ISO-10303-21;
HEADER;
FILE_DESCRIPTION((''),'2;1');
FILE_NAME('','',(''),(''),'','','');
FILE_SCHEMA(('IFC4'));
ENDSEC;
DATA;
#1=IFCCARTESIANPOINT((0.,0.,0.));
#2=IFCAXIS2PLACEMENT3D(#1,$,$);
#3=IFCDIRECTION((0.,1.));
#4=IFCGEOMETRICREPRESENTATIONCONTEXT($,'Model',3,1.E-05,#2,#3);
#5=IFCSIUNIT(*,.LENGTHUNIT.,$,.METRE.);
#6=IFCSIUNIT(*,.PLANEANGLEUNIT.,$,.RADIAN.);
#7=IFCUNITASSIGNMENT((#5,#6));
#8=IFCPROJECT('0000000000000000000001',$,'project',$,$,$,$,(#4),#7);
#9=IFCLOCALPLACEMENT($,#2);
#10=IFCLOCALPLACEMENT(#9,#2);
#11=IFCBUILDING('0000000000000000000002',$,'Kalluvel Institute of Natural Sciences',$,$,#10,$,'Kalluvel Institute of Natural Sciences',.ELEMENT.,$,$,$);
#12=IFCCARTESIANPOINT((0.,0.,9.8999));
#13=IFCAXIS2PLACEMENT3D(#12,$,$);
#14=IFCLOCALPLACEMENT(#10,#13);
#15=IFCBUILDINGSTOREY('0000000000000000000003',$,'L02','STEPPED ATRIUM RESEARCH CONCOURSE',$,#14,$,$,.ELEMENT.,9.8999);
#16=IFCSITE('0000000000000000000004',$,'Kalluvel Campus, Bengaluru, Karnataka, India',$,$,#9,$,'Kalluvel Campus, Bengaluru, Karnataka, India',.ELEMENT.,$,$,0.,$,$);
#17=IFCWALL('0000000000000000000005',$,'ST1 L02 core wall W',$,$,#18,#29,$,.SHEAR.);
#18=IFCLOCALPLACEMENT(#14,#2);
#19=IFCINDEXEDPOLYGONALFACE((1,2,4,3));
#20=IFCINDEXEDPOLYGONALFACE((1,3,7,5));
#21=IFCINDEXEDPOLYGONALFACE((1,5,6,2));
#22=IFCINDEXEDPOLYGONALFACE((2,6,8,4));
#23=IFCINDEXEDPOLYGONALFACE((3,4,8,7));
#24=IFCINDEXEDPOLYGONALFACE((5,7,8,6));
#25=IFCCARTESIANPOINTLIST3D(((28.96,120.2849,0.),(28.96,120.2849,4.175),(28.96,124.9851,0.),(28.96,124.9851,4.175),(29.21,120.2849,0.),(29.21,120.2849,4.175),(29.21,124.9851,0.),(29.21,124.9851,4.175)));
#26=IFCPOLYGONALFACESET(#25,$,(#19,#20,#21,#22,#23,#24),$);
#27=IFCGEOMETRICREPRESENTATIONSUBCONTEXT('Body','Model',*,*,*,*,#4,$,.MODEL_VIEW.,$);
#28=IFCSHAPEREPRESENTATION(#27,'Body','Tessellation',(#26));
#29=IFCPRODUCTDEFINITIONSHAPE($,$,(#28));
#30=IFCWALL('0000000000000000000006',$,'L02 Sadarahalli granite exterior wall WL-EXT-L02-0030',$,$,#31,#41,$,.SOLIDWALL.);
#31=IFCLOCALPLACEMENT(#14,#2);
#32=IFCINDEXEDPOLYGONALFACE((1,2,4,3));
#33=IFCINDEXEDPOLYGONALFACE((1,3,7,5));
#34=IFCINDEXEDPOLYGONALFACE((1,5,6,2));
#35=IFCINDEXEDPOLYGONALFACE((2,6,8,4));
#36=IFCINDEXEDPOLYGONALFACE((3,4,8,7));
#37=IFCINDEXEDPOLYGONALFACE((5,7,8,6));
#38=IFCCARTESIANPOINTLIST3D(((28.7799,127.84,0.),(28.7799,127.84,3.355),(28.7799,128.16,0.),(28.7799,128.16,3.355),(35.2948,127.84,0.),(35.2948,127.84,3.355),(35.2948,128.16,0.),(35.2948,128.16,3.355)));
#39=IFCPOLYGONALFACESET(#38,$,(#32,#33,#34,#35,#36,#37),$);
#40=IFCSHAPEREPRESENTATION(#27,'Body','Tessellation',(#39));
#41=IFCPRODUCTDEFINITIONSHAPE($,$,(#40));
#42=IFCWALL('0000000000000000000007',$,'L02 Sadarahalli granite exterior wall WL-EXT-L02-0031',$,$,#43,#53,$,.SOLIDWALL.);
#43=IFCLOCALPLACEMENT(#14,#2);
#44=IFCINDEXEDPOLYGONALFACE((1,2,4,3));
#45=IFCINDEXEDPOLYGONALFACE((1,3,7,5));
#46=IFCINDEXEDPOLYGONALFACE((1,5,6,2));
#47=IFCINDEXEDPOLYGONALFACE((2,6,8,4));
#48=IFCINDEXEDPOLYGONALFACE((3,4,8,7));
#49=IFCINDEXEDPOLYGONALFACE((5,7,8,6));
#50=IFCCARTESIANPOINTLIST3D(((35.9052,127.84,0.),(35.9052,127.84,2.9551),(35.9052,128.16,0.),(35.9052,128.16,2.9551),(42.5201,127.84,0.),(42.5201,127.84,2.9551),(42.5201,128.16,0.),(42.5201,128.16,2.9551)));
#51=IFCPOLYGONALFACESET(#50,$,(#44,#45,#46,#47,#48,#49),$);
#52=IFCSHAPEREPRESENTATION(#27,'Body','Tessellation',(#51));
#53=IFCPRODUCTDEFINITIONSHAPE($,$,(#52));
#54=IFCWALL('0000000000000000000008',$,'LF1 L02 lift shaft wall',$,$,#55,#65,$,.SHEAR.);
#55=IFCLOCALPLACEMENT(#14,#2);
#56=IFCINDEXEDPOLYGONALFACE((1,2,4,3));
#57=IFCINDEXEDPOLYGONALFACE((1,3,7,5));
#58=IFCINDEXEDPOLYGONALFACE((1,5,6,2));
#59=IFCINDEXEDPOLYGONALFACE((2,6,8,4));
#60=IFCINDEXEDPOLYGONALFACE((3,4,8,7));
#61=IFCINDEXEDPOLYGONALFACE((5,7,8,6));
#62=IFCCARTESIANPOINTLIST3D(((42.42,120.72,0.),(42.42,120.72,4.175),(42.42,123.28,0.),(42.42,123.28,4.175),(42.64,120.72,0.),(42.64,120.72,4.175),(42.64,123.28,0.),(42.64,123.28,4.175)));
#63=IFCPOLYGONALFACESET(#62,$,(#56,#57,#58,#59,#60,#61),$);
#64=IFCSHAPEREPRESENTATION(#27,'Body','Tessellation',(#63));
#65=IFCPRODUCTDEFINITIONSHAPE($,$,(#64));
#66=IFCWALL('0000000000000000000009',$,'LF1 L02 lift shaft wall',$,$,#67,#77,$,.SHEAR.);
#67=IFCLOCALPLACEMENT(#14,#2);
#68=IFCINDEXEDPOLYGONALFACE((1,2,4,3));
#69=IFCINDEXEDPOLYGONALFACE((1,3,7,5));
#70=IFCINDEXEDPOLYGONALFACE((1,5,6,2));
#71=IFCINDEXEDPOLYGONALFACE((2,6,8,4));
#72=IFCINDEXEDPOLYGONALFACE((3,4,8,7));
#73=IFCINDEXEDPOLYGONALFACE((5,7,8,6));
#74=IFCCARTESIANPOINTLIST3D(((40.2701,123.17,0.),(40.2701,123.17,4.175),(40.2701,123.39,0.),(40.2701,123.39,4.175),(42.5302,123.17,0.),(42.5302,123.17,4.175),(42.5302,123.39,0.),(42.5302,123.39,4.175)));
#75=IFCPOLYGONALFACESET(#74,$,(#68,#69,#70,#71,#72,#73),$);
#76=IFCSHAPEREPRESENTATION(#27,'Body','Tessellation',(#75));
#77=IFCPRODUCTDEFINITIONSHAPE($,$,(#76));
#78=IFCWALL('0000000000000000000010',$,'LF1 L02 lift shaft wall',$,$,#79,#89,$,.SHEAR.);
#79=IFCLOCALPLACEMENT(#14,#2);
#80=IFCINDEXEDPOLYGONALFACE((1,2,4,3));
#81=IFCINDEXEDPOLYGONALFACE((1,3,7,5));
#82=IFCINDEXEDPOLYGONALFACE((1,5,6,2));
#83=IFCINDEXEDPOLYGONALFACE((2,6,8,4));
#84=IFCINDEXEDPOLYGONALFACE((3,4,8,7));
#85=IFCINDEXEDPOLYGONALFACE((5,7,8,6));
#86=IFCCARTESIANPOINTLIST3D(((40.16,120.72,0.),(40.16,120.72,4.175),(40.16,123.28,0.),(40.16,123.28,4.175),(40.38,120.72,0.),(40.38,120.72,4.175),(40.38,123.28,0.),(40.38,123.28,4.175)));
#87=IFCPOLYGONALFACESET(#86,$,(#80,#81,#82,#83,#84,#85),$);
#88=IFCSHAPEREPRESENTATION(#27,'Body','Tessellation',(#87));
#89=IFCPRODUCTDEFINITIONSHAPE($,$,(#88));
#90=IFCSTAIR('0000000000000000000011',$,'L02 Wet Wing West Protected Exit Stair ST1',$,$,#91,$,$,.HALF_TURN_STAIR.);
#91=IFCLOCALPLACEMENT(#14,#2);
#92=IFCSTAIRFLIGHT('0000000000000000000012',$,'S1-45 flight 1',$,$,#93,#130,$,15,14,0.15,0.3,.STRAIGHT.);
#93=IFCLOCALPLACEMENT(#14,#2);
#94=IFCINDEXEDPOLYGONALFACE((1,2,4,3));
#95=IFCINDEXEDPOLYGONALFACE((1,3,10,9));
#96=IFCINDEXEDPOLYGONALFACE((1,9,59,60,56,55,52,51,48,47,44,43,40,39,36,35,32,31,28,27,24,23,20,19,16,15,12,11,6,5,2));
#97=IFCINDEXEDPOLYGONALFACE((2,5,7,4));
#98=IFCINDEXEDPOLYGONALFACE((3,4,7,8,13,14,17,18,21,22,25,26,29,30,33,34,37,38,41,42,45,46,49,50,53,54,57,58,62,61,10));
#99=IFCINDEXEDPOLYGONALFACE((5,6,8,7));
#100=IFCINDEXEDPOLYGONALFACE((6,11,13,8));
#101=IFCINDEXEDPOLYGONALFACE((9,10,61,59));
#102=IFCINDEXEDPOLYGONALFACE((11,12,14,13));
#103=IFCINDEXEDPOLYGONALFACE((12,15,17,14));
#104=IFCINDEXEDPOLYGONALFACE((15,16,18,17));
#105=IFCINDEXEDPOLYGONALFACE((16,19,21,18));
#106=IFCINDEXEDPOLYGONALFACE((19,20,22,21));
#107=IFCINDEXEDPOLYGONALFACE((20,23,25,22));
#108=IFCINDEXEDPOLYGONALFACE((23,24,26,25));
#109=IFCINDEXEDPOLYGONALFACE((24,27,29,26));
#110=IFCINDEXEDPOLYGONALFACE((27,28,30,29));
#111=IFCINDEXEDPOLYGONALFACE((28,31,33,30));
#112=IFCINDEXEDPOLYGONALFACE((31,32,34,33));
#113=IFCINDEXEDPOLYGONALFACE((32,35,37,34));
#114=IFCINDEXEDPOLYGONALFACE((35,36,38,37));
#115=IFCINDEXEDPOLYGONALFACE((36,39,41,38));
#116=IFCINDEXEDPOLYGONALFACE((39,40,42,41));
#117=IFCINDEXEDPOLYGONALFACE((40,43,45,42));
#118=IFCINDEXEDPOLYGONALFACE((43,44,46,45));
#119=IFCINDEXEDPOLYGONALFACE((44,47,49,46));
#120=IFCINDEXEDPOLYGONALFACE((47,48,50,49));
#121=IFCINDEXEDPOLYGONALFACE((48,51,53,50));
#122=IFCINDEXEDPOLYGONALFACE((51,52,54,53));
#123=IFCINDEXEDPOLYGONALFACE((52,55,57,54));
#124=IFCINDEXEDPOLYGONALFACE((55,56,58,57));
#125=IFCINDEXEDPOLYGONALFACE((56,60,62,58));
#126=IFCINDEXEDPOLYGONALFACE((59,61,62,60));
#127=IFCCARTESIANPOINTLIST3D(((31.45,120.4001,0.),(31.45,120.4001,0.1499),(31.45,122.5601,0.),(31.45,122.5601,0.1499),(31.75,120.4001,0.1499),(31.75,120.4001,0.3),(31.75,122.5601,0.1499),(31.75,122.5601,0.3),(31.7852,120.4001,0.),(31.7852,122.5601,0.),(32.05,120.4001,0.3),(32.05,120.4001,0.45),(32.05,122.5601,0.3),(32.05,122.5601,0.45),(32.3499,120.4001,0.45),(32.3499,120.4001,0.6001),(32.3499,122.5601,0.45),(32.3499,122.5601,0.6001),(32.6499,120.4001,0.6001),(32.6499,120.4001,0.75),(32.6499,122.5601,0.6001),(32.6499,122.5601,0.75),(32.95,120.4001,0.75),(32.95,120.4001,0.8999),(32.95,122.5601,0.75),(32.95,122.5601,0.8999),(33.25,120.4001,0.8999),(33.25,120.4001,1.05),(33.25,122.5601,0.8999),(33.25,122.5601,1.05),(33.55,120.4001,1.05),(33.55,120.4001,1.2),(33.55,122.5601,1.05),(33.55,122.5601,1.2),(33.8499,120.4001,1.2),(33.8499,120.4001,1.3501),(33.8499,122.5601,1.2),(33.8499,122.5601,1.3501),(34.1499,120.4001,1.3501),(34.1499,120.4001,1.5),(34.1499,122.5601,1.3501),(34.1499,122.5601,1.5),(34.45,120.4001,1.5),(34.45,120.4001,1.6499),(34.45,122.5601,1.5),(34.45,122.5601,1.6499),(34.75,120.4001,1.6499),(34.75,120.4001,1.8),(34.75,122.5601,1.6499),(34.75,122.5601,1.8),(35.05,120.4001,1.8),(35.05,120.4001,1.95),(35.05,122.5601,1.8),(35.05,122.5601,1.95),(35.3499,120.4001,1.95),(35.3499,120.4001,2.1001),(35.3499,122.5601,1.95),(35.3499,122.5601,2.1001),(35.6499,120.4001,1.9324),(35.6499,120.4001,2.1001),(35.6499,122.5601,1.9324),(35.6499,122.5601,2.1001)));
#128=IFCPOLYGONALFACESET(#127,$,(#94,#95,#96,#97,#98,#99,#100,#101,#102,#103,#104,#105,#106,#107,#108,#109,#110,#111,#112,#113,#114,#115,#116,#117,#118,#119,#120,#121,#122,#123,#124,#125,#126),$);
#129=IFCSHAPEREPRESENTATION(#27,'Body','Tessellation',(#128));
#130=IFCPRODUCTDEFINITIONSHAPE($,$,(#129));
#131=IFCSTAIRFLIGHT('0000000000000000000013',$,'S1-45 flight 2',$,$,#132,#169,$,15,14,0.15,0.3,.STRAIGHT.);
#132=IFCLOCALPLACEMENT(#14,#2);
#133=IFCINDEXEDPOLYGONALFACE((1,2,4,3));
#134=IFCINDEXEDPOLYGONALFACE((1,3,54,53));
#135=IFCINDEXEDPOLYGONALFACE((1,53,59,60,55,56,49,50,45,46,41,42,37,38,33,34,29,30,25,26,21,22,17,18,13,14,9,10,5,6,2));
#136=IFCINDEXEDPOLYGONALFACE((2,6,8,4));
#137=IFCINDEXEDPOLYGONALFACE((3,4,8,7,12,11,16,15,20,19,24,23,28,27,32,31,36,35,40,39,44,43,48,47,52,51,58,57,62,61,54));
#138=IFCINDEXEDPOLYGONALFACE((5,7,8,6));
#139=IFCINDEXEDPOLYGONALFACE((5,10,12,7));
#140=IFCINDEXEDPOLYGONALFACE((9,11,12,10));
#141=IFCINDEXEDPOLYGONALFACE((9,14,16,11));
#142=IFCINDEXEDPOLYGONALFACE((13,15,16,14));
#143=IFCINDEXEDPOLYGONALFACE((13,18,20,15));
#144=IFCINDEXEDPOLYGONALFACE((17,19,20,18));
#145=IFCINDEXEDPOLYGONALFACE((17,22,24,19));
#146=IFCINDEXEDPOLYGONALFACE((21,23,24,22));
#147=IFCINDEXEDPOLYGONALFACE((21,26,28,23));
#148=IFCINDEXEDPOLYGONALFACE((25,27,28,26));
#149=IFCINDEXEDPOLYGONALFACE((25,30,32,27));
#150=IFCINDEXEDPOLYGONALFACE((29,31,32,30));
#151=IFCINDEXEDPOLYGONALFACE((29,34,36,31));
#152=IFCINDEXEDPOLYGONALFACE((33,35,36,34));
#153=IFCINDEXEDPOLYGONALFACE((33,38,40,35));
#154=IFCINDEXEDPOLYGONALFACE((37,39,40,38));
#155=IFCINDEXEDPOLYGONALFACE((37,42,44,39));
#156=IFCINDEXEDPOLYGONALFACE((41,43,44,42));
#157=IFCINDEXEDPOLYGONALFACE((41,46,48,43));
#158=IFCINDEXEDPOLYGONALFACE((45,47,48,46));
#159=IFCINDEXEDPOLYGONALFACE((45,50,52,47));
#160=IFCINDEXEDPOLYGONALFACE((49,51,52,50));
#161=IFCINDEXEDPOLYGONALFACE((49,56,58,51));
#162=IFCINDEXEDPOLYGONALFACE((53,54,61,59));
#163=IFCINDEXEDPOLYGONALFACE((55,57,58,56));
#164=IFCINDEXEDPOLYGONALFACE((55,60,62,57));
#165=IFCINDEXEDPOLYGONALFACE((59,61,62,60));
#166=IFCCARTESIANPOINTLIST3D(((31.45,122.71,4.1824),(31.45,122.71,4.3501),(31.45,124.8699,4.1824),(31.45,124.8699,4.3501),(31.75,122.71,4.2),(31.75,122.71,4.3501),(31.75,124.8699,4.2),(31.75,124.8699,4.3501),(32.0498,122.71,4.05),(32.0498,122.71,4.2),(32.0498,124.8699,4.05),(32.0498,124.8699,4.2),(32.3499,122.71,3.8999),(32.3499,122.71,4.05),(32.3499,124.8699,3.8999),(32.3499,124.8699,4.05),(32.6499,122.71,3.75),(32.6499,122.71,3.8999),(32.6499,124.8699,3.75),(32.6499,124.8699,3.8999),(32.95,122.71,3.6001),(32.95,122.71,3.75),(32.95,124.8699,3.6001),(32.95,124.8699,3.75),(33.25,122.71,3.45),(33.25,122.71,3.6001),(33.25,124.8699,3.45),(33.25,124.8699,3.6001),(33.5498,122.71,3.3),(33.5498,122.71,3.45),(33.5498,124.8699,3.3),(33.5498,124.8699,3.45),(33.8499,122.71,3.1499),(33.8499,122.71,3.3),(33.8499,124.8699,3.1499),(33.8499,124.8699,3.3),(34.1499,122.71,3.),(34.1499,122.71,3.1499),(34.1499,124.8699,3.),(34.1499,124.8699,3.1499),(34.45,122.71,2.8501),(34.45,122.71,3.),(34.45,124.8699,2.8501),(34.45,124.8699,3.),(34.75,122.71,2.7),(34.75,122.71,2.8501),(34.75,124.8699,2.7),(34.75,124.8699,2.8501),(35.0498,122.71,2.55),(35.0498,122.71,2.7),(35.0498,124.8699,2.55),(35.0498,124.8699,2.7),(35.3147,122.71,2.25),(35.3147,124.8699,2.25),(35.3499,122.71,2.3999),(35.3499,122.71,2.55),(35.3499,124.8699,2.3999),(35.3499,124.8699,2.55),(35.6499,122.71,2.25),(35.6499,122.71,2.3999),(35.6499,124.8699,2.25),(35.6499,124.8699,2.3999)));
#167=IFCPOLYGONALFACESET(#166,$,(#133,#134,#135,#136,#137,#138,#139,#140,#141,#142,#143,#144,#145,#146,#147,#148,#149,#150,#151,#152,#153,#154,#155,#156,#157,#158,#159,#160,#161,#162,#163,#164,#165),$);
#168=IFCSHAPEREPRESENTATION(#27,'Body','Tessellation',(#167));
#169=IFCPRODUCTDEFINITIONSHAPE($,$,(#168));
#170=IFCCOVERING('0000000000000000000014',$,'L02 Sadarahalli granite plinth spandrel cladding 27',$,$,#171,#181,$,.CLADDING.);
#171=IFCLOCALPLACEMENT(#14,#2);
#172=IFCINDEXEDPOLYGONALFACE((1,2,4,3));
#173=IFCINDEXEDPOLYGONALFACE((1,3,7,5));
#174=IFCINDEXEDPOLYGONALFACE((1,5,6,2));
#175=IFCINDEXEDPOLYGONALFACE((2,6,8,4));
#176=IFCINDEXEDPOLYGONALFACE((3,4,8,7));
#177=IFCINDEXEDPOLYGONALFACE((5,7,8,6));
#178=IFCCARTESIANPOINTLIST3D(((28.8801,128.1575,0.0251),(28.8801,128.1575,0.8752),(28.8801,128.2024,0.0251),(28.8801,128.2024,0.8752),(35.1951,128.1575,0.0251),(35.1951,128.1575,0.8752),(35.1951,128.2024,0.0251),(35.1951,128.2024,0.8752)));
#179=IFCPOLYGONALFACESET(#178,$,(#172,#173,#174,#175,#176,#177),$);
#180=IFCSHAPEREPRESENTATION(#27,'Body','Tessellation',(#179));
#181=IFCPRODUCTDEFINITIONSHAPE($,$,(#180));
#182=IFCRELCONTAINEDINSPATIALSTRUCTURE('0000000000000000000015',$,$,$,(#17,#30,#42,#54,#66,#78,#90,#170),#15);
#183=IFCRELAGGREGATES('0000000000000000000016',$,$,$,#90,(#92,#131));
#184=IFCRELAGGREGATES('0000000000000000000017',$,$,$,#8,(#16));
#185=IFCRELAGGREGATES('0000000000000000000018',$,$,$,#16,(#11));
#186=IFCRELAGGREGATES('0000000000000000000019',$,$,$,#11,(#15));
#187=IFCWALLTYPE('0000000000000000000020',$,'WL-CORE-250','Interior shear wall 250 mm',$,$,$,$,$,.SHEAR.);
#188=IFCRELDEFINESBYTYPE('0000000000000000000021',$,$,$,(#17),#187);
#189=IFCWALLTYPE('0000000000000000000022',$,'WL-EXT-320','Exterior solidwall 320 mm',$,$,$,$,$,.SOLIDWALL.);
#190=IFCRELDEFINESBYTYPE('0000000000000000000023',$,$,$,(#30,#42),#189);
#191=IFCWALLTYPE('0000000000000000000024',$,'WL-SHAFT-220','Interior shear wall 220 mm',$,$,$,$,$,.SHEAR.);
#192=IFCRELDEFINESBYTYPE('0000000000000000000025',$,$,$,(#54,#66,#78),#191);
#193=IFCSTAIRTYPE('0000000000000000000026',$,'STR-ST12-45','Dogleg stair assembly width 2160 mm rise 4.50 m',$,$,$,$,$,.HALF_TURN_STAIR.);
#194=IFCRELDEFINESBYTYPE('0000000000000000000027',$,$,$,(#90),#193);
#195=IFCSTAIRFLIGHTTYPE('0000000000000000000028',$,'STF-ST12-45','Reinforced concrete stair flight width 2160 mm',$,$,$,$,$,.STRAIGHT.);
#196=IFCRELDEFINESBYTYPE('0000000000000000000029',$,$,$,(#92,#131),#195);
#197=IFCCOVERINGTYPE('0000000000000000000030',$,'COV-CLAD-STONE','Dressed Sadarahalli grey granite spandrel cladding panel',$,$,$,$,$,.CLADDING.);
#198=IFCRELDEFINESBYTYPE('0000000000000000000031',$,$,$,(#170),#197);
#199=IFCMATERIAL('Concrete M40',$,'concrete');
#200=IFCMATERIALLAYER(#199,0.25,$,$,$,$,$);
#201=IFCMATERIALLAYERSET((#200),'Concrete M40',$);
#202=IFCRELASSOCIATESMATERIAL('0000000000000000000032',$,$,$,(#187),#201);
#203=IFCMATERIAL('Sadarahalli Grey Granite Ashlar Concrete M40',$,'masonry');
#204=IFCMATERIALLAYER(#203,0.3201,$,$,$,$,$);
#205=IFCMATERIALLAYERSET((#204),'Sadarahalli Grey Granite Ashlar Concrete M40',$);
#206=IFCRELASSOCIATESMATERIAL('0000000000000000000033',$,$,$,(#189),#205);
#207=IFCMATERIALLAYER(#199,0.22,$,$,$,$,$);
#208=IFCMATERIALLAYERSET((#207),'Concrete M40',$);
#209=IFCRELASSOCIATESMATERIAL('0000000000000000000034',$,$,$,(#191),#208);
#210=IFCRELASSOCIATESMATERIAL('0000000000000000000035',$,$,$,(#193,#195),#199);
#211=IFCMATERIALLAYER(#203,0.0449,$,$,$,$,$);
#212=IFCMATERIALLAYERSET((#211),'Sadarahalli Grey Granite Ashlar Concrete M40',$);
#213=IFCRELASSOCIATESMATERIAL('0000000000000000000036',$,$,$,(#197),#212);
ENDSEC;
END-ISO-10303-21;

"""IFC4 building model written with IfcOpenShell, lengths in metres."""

from ifc_helpers import new_model, si_unit, direction, frame, frame_2d, origin, origin_2d, place, context, subcontext, project, spatial, polyline, rectangle, outline, extrude, material, layer, layer_set, type_object, element, aggregate, save


model = new_model("IFC4")

# Units and contexts
model_context = context("Model", 3, precision=1e-05, world=origin(), true_north=direction((0.0, 1.0)))
body_context = subcontext(model_context, "Body", "Model", "MODEL_VIEW")
ifc_project = project(units=[si_unit("LENGTHUNIT", "METRE"), si_unit("PLANEANGLEUNIT", "RADIAN")], contexts=[model_context])

# Site, building, storey
site_placement = place(None, origin())
site = spatial("IfcSite", under=ifc_project, at=site_placement, Name="Kalluvel Campus, Bengaluru, Karnataka, India", LongName="Kalluvel Campus, Bengaluru, Karnataka, India", CompositionType="ELEMENT", RefElevation=0.0)
building_placement = place(site_placement, origin())
building = spatial("IfcBuilding", under=site, at=building_placement, Name="Kalluvel Institute of Natural Sciences", LongName="Kalluvel Institute of Natural Sciences", CompositionType="ELEMENT")
storey_placement = place(building_placement, frame((0.0, 0.0, 9.8999)))
storey = spatial("IfcBuildingStorey", under=building, at=storey_placement, Name="L02", Description="STEPPED ATRIUM RESEARCH CONCOURSE", CompositionType="ELEMENT", Elevation=9.8999)

# Shared definitions
ifc_material_1 = material(Name="Concrete M40", Category="concrete")

# Shared definitions
ifc_layer_1 = layer(ifc_material_1, 0.25)
ifc_layer_set_1 = layer_set([ifc_layer_1], Name="Concrete M40")
wall_type_1 = type_object("IfcWallType", Name="WL-CORE-250", Description="Interior shear wall 250 mm", PredefinedType="SHEAR", material=ifc_layer_set_1)

# Walls
wall_1_placement = place(storey_placement, frame((29.085, 124.9851, 0.0), z_axis=(0.0, 0.0, 1.0), x_axis=(0.0, -1.0, 0.0)))
element("IfcWall", 1, at=wall_1_placement, inside=storey, type_object=wall_type_1, Name="ST1 L02 core wall W", PredefinedType="SHEAR", context=body_context, shape_type="SweptSolid", body=[
    extrude(rectangle(XDim=4.7002, YDim=0.25, at=frame_2d((2.3501, 0.0))), origin(), (0.0, 0.0, 1.0), 4.175),
])
ifc_material_2 = material(Name="Sadarahalli Grey Granite Ashlar Concrete M40", Category="masonry")
ifc_layer_2 = layer(ifc_material_2, 0.3201)
ifc_layer_set_2 = layer_set([ifc_layer_2], Name="Sadarahalli Grey Granite Ashlar Concrete M40")
wall_type_2 = type_object("IfcWallType", Name="WL-EXT-320", Description="Exterior solidwall 320 mm", PredefinedType="SOLIDWALL", material=ifc_layer_set_2)
wall_2_placement = place(storey_placement, frame((28.78, 128.0, 0.0), z_axis=(0.0, 0.0, 1.0), x_axis=(1.0, 0.0, 0.0)))
element("IfcWall", 2, at=wall_2_placement, inside=storey, type_object=wall_type_2, Name="L02 Sadarahalli granite exterior wall WL-EXT-L02-0030", PredefinedType="SOLIDWALL", context=body_context, shape_type="SweptSolid", body=[
    extrude(rectangle(XDim=6.5149, YDim=0.3201, at=frame_2d((3.2573, 0.0))), origin(), (0.0, 0.0, 1.0), 3.355),
])
wall_3_placement = place(storey_placement, frame((35.905, 128.0, 0.0), z_axis=(0.0, 0.0, 1.0), x_axis=(1.0, 0.0, 0.0)))
element("IfcWall", 3, at=wall_3_placement, inside=storey, type_object=wall_type_2, Name="L02 Sadarahalli granite exterior wall WL-EXT-L02-0031", PredefinedType="SOLIDWALL", context=body_context, shape_type="SweptSolid", body=[
    extrude(rectangle(XDim=6.615, YDim=0.3201, at=frame_2d((3.3076, 0.0))), origin(), (0.0, 0.0, 1.0), 2.9551),
])

# Shared definitions
ifc_layer_3 = layer(ifc_material_1, 0.22)
ifc_layer_set_3 = layer_set([ifc_layer_3], Name="Concrete M40")
wall_type_3 = type_object("IfcWallType", Name="WL-SHAFT-220", Description="Interior shear wall 220 mm", PredefinedType="SHEAR", material=ifc_layer_set_3)

# Walls
wall_4_placement = place(storey_placement, frame((42.53, 120.72, 0.0), z_axis=(0.0, 0.0, 1.0), x_axis=(0.0, 1.0, 0.0)))
element("IfcWall", 4, at=wall_4_placement, inside=storey, type_object=wall_type_3, Name="LF1 L02 lift shaft wall", PredefinedType="SHEAR", context=body_context, shape_type="SweptSolid", body=[
    extrude(rectangle(XDim=2.5601, YDim=0.22, at=frame_2d((1.28, 0.0))), origin(), (0.0, 0.0, 1.0), 4.175),
])
wall_5_placement = place(storey_placement, frame((42.53, 123.28, 0.0), z_axis=(0.0, 0.0, 1.0), x_axis=(-1.0, 0.0, 0.0)))
element("IfcWall", 5, at=wall_5_placement, inside=storey, type_object=wall_type_3, Name="LF1 L02 lift shaft wall", PredefinedType="SHEAR", context=body_context, shape_type="SweptSolid", body=[
    extrude(rectangle(XDim=2.26, YDim=0.22, at=frame_2d((1.1299, 0.0))), origin(), (0.0, 0.0, 1.0), 4.175),
])
wall_6_placement = place(storey_placement, frame((40.27, 123.28, 0.0), z_axis=(0.0, 0.0, 1.0), x_axis=(0.0, -1.0, 0.0)))
element("IfcWall", 6, at=wall_6_placement, inside=storey, type_object=wall_type_3, Name="LF1 L02 lift shaft wall", PredefinedType="SHEAR", context=body_context, shape_type="SweptSolid", body=[
    extrude(rectangle(XDim=2.5601, YDim=0.22, at=frame_2d((1.28, 0.0))), origin(), (0.0, 0.0, 1.0), 4.175),
])

# Stair, stair flights
stair_type = type_object("IfcStairType", Name="STR-ST12-45", Description="Dogleg stair assembly width 2160 mm rise 4.50 m", PredefinedType="HALF_TURN_STAIR", material=ifc_material_1)
stair_placement = place(storey_placement, origin())
stair = element("IfcStair", 7, at=stair_placement, inside=storey, type_object=stair_type, Name="L02 Wet Wing West Protected Exit Stair ST1", PredefinedType="HALF_TURN_STAIR")
stair_flight_type = type_object("IfcStairFlightType", Name="STF-ST12-45", Description="Reinforced concrete stair flight width 2160 mm", PredefinedType="STRAIGHT", material=ifc_material_1)
stair_flight_1_placement = place(storey_placement, frame((31.45, 121.48, 0.0), z_axis=(0.0, 0.0, 1.0), x_axis=(1.0, 0.0, 0.0)))
stair_flight_1 = element("IfcStairFlight", 8, at=stair_flight_1_placement, type_object=stair_flight_type, Name="S1-45 flight 1", NumberOfRisers=15, NumberOfTreads=14, PredefinedType="STRAIGHT", RiserHeight=0.15, TreadLength=0.3, context=body_context, shape_type="SweptSolid", body=[
    extrude(outline(polyline([(0.0, 0.0), (0.0, 0.1499), (0.3, 0.1499), (0.3, 0.3), (0.6001, 0.3), (0.6001, 0.45), (0.8999, 0.45), (0.8999, 0.6001), (1.2, 0.6001), (1.2, 0.75), (1.5, 0.75), (1.5, 0.8999), (1.8, 0.8999), (1.8, 1.05), (2.1001, 1.05), (2.1001, 1.2), (2.3999, 1.2), (2.3999, 1.3501), (2.7, 1.3501), (2.7, 1.5), (3.0, 1.5), (3.0, 1.6499), (3.3, 1.6499), (3.3, 1.8), (3.6001, 1.8), (3.6001, 1.95), (3.8999, 1.95), (3.8999, 2.1001), (4.2, 2.1001), (4.2, 2.25), (4.2, 1.9324), (0.3352, 0.0), (0.0, 0.0)])), frame((0.0, 1.0801, 0.0), z_axis=(0.0, -1.0, 0.0), x_axis=(1.0, 0.0, 0.0)), (0.0, 0.0, 1.0), 2.1599),
])
stair_flight_2_placement = place(storey_placement, frame((35.6499, 123.79, 2.25), z_axis=(0.0, 0.0, 1.0), x_axis=(-1.0, 0.0, 0.0)))
stair_flight_2 = element("IfcStairFlight", 9, at=stair_flight_2_placement, type_object=stair_flight_type, Name="S1-45 flight 2", NumberOfRisers=15, NumberOfTreads=14, PredefinedType="STRAIGHT", RiserHeight=0.15, TreadLength=0.3, context=body_context, shape_type="SweptSolid", body=[
    extrude(outline(polyline([(0.0, 0.0), (0.0, 0.1499), (0.3, 0.1499), (0.3, 0.3), (0.6001, 0.3), (0.6001, 0.45), (0.8999, 0.45), (0.8999, 0.6001), (1.2, 0.6001), (1.2, 0.75), (1.5, 0.75), (1.5, 0.8999), (1.8, 0.8999), (1.8, 1.05), (2.1001, 1.05), (2.1001, 1.2), (2.3999, 1.2), (2.3999, 1.3501), (2.7, 1.3501), (2.7, 1.5), (3.0, 1.5), (3.0, 1.6499), (3.3, 1.6499), (3.3, 1.8), (3.6001, 1.8), (3.6001, 1.95), (3.8999, 1.95), (3.8999, 2.1001), (4.2, 2.1001), (4.2, 2.25), (4.2, 1.9324), (0.3352, 0.0), (0.0, 0.0)])), frame((0.0, 1.0801, 0.0), z_axis=(0.0, -1.0, 0.0), x_axis=(1.0, 0.0, 0.0)), (0.0, 0.0, 1.0), 2.1599),
])
aggregate(stair, [stair_flight_1, stair_flight_2])

# Covering
ifc_layer_4 = layer(ifc_material_2, 0.0449)
ifc_layer_set_4 = layer_set([ifc_layer_4], Name="Sadarahalli Grey Granite Ashlar Concrete M40")
covering_type = type_object("IfcCoveringType", Name="COV-CLAD-STONE", Description="Dressed Sadarahalli grey granite spandrel cladding panel", PredefinedType="CLADDING", material=ifc_layer_set_4)
covering_1_placement = place(storey_placement, frame((32.0376, 128.1799, 0.0251), z_axis=(0.0, 0.0, 1.0), x_axis=(1.0, 0.0, 0.0)))
element("IfcCovering", 10, at=covering_1_placement, inside=storey, type_object=covering_type, Name="L02 Sadarahalli granite plinth spandrel cladding 27", PredefinedType="CLADDING", context=body_context, shape_type="SweptSolid", body=[
    extrude(rectangle(XDim=6.3149, YDim=0.0449, at=origin_2d()), origin(), (0.0, 0.0, 1.0), 0.8501),
])

save(model, "model.ifc")
